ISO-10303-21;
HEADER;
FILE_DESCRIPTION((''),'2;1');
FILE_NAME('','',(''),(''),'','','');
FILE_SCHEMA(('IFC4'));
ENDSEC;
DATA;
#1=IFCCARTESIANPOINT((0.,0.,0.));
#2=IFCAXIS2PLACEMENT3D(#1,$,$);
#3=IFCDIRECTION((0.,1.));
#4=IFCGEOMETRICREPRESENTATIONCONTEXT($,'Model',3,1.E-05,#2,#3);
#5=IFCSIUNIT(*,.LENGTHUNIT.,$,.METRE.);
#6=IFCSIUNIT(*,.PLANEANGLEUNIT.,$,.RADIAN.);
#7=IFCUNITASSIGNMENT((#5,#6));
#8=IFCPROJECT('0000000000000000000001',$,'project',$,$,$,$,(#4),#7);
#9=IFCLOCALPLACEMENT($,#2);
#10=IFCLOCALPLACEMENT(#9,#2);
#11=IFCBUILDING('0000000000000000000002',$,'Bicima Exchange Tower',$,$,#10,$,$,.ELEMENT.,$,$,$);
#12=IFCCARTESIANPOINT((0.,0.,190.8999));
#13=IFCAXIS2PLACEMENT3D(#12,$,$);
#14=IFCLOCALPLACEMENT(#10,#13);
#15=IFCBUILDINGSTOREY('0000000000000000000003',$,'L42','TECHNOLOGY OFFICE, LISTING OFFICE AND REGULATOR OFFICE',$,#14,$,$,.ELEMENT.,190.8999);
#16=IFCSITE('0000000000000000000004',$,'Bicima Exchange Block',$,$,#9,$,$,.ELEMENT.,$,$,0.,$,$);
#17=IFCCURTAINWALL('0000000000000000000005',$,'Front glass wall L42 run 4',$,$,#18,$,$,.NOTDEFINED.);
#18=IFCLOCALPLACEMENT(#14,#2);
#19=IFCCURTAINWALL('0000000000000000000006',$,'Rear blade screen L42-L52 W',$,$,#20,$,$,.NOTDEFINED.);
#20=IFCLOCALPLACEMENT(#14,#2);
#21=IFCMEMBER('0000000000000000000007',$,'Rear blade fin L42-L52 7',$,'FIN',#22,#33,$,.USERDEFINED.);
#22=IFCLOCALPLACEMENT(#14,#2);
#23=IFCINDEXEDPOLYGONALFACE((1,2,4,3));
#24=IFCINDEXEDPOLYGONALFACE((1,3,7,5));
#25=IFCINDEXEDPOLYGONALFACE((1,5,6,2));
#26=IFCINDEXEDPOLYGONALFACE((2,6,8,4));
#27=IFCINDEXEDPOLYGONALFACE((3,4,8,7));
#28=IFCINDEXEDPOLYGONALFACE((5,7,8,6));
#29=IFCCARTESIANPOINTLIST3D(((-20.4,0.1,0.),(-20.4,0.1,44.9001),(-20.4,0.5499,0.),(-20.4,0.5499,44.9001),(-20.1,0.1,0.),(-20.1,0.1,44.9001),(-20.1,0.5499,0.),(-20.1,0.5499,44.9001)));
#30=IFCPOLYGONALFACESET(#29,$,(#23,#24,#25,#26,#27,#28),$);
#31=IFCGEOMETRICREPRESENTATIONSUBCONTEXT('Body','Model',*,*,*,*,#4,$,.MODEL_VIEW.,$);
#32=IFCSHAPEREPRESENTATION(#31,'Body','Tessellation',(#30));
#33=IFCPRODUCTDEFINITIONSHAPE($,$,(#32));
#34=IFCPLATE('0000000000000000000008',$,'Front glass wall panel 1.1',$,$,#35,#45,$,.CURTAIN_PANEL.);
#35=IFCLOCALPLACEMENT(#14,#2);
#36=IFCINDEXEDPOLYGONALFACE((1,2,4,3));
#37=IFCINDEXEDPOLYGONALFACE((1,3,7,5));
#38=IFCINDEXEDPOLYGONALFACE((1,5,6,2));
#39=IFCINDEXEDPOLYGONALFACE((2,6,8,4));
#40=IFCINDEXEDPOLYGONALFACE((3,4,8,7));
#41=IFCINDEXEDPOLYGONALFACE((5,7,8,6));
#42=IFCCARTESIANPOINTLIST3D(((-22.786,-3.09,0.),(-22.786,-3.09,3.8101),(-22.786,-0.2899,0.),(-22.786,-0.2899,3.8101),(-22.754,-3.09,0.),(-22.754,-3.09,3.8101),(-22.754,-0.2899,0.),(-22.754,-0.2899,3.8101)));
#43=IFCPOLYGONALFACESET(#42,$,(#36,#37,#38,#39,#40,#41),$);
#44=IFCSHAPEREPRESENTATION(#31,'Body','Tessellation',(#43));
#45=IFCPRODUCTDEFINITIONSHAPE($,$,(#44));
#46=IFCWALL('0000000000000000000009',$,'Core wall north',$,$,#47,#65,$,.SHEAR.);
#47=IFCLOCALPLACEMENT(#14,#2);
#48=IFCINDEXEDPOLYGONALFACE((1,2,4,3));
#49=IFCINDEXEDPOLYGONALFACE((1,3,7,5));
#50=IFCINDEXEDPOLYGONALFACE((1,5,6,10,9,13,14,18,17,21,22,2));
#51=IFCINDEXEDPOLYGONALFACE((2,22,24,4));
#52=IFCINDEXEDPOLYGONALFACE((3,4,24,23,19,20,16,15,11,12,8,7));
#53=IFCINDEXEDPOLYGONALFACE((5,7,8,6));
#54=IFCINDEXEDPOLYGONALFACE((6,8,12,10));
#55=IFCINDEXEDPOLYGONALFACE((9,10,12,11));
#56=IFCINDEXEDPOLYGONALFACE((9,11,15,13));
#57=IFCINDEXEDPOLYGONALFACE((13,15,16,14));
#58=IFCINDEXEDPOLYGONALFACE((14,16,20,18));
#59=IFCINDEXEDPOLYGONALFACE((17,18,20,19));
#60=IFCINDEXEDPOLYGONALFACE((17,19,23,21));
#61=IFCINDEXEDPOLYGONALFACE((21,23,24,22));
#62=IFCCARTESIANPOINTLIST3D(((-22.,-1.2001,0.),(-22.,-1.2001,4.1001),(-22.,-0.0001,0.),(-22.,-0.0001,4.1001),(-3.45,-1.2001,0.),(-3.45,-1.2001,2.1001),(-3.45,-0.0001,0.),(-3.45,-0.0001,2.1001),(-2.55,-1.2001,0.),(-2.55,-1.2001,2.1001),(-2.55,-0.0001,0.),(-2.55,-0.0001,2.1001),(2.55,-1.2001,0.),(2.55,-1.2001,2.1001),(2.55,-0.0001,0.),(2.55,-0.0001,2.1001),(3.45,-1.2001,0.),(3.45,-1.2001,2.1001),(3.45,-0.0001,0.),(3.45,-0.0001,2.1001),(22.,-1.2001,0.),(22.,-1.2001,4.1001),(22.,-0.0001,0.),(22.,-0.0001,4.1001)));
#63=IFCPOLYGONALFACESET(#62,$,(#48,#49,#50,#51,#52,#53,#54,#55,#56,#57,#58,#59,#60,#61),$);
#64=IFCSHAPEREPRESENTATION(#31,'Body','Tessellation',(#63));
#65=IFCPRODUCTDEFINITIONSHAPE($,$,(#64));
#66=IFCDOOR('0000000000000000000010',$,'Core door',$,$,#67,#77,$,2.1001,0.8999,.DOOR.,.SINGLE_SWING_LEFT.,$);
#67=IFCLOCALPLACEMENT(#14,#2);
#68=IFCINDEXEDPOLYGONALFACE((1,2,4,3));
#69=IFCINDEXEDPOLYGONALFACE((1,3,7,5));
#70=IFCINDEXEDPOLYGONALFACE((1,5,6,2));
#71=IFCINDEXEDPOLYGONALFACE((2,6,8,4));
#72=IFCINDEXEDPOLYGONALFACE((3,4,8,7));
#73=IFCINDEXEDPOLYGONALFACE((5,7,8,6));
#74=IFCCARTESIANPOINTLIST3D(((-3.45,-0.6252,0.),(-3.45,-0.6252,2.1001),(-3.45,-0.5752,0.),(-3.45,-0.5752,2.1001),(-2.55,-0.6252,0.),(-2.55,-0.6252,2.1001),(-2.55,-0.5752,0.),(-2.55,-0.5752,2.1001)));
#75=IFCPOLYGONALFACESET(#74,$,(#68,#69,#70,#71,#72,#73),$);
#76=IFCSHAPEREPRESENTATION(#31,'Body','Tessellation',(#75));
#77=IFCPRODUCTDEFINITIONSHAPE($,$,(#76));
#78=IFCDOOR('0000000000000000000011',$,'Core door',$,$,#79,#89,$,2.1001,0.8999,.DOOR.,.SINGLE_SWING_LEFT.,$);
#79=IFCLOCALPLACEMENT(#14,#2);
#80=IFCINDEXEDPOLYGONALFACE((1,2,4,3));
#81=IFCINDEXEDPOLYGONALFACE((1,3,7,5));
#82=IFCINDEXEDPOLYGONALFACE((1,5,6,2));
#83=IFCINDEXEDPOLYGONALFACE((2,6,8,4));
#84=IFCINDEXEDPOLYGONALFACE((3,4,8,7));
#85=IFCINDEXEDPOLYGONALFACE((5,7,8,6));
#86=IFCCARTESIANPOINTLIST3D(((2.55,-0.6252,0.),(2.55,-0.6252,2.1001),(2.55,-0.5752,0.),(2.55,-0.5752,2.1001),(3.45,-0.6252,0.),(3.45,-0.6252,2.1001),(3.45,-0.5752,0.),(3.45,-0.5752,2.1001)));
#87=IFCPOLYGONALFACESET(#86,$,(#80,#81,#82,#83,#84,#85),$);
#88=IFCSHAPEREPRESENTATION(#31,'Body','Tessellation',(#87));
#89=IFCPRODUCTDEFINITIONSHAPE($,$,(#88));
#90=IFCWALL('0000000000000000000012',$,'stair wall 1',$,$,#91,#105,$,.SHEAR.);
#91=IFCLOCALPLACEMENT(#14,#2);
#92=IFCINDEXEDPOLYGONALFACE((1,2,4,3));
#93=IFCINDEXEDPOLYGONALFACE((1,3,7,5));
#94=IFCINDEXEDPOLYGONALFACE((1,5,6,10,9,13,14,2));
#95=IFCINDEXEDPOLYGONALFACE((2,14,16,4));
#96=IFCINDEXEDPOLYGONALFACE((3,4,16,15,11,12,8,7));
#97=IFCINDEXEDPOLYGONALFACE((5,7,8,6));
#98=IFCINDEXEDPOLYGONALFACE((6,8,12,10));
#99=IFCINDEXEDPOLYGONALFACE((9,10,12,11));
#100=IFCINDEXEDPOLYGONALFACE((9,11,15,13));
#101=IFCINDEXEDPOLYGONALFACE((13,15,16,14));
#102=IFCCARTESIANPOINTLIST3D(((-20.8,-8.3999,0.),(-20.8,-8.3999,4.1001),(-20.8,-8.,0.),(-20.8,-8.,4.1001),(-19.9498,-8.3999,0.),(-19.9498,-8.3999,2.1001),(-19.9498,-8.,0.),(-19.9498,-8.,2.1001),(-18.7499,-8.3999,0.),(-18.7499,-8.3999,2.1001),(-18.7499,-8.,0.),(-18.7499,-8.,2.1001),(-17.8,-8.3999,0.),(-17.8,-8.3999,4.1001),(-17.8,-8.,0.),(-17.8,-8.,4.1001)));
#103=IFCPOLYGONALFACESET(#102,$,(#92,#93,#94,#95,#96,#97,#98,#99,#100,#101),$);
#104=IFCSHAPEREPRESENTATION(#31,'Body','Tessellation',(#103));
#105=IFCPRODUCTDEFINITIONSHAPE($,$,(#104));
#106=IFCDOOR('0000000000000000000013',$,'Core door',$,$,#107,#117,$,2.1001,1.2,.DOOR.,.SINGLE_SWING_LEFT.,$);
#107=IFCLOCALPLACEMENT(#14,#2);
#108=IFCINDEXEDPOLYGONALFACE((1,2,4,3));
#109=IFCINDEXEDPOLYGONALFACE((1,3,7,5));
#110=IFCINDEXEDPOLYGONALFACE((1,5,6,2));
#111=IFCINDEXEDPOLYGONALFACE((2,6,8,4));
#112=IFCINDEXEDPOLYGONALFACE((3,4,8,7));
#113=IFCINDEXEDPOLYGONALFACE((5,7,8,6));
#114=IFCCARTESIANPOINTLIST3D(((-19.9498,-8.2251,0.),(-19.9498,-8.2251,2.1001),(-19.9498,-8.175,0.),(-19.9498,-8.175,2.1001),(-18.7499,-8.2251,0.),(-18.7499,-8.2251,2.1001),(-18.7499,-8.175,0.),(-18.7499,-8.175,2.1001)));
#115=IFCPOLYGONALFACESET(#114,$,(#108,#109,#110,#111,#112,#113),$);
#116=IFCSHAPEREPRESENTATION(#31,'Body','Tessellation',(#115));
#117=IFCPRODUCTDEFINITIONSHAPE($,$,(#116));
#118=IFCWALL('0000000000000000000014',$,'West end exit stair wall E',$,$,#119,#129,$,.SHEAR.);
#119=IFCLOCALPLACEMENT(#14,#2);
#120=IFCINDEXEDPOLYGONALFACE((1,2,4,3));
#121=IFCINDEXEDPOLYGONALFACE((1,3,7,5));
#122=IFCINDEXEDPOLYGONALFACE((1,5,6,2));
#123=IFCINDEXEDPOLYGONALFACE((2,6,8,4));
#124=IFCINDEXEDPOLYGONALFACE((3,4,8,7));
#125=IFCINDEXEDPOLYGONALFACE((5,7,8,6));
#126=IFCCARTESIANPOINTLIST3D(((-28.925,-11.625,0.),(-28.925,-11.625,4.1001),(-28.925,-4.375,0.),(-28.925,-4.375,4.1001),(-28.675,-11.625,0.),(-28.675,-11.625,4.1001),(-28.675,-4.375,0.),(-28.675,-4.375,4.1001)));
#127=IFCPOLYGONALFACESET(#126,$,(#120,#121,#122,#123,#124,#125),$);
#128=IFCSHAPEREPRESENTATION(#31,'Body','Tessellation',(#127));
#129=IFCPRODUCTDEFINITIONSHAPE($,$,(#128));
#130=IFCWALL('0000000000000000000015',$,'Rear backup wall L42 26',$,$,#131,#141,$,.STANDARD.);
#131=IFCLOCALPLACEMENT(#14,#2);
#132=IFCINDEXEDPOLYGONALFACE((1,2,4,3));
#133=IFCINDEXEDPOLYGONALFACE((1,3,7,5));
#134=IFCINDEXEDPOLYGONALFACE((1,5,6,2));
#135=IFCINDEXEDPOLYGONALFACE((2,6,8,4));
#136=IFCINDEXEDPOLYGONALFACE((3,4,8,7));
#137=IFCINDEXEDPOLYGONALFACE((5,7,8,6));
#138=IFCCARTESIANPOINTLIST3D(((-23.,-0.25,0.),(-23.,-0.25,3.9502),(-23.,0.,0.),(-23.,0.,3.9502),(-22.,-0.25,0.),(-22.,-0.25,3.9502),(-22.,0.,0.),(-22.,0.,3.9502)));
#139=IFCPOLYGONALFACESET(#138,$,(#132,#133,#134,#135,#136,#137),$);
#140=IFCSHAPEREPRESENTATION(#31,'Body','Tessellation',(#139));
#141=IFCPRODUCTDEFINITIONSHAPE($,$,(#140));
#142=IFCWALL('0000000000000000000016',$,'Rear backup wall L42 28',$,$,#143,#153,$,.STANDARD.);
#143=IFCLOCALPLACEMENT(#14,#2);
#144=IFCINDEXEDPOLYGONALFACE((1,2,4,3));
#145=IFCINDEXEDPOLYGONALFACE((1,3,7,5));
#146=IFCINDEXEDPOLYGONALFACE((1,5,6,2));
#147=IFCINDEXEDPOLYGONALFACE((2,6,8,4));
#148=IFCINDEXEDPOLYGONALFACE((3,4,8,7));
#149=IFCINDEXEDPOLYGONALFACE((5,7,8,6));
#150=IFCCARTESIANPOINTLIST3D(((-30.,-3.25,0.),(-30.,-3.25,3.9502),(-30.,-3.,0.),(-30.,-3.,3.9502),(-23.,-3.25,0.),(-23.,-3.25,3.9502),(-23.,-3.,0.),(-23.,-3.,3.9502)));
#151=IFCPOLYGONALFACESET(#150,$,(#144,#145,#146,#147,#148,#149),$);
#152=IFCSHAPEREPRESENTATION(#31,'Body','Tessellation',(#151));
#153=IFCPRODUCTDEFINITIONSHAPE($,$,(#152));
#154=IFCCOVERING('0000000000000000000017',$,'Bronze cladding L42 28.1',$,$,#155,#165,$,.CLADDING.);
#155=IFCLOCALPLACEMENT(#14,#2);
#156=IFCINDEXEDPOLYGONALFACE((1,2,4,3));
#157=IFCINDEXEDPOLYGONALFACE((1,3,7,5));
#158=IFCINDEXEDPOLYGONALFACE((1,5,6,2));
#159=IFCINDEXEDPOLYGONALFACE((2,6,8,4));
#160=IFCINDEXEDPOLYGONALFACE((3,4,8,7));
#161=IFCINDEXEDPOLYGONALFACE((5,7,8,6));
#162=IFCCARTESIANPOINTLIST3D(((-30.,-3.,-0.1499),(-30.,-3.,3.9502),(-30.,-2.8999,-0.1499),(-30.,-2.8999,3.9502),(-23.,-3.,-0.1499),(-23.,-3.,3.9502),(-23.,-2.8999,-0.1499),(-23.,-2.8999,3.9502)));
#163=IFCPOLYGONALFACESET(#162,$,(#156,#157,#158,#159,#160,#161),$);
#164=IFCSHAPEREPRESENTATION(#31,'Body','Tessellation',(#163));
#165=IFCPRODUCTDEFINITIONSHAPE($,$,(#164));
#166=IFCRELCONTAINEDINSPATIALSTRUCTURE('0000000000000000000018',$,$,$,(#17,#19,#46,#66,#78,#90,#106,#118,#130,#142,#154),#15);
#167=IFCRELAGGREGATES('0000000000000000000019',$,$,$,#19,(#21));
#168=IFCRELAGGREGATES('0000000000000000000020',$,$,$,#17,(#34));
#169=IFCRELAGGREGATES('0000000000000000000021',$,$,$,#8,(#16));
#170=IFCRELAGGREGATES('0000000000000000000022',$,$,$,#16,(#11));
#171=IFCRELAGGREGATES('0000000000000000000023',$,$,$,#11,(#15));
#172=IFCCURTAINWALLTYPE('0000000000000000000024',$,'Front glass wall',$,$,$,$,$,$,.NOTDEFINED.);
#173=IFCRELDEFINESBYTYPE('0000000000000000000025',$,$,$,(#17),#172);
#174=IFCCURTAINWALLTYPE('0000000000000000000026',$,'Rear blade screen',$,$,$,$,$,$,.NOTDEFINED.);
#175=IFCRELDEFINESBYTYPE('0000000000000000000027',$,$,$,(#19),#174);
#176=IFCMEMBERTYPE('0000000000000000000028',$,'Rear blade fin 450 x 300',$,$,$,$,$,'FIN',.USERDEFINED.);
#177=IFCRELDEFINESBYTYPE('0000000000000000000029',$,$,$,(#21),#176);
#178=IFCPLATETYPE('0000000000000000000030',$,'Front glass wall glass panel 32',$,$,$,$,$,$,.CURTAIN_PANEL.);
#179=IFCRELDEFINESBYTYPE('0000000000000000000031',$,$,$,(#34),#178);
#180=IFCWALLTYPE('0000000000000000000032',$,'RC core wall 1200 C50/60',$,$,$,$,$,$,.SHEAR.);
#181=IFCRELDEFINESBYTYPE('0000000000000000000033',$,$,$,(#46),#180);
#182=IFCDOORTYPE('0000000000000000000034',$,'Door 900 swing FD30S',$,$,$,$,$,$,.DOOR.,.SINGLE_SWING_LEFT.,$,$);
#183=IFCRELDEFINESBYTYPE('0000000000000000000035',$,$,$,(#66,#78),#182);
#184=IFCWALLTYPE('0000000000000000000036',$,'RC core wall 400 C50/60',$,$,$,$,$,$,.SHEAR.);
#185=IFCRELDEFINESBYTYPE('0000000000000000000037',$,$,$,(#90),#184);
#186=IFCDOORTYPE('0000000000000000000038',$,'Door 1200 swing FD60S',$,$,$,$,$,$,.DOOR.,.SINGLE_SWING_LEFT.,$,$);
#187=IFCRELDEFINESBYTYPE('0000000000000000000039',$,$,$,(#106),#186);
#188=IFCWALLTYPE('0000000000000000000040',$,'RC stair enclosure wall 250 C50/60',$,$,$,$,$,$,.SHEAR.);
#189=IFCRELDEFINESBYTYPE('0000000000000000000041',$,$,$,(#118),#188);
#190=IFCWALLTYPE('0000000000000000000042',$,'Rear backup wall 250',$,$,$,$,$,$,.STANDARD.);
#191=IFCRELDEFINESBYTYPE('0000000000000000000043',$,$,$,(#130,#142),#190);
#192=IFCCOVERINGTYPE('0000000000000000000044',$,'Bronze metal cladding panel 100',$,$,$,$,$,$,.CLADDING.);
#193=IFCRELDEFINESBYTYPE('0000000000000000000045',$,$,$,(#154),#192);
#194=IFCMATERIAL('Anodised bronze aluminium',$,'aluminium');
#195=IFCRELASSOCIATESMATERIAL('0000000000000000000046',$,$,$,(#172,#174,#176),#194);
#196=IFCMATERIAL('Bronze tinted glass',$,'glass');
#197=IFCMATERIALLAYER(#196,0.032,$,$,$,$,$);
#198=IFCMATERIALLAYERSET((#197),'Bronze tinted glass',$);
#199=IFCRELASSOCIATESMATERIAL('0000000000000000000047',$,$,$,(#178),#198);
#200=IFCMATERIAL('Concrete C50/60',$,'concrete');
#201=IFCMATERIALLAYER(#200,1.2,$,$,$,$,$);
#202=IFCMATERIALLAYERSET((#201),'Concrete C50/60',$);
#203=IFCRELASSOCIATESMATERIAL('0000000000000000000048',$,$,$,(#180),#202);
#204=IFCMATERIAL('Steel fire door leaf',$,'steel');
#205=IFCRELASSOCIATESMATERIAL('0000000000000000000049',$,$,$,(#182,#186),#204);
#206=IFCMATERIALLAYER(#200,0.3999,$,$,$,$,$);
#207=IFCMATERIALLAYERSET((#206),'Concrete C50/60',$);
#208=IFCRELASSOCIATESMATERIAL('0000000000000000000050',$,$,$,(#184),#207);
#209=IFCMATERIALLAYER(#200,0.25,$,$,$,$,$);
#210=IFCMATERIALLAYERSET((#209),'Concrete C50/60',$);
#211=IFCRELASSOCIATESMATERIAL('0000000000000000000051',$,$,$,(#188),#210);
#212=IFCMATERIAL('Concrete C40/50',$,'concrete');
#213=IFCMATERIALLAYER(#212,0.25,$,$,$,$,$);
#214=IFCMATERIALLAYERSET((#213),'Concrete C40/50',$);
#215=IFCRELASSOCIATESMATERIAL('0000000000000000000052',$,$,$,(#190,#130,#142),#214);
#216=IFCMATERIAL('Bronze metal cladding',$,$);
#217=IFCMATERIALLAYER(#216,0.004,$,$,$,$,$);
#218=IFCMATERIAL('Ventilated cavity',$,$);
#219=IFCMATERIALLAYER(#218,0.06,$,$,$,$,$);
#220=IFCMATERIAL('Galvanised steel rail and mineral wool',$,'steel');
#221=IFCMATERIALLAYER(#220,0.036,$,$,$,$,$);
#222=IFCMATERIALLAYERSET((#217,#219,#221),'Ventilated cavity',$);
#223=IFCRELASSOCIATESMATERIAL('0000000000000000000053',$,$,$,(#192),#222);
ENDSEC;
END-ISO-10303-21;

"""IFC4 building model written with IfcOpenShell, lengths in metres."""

from ifc_helpers import new_model, si_unit, direction, frame, frame_2d, origin, origin_2d, place, context, subcontext, project, spatial, rectangle, extrude, material, layer, layer_set, layer_usage, material_profile, profile_set, type_object, element, fill, aggregate, save


model = new_model("IFC4")

# Units and contexts
model_context = context("Model", 3, precision=1e-05, world=origin(), true_north=direction((0.0, 1.0)))
body_context = subcontext(model_context, "Body", "Model", "MODEL_VIEW")
ifc_project = project(units=[si_unit("LENGTHUNIT", "METRE"), si_unit("PLANEANGLEUNIT", "RADIAN")], contexts=[model_context])

# Site, building, storey
site_placement = place(None, origin())
site = spatial("IfcSite", under=ifc_project, at=site_placement, Name="Bicima Exchange Block", CompositionType="ELEMENT", RefElevation=0.0)
building_placement = place(site_placement, origin())
building = spatial("IfcBuilding", under=site, at=building_placement, Name="Bicima Exchange Tower", CompositionType="ELEMENT")
storey_placement = place(building_placement, frame((0.0, 0.0, 190.8999)))
storey = spatial("IfcBuildingStorey", under=building, at=storey_placement, Name="L42", Description="TECHNOLOGY OFFICE, LISTING OFFICE AND REGULATOR OFFICE", CompositionType="ELEMENT", Elevation=190.8999)

# Curtain wall
ifc_material_1 = material(Name="Anodised bronze aluminium", Category="aluminium")
curtain_wall_type_1 = type_object("IfcCurtainWallType", Name="Front glass wall", PredefinedType="NOTDEFINED", material=ifc_material_1)
curtain_wall_1_placement = place(storey_placement, origin())
curtain_wall_1 = element("IfcCurtainWall", 1, at=curtain_wall_1_placement, inside=storey, type_object=curtain_wall_type_1, Name="Front glass wall L42 run 4", PredefinedType="NOTDEFINED")

# Curtain wall, member
curtain_wall_type_2 = type_object("IfcCurtainWallType", Name="Rear blade screen", PredefinedType="NOTDEFINED", material=ifc_material_1)
curtain_wall_2_placement = place(storey_placement, origin())
curtain_wall_2 = element("IfcCurtainWall", 2, at=curtain_wall_2_placement, inside=storey, type_object=curtain_wall_type_2, Name="Rear blade screen L42-L52 W", PredefinedType="NOTDEFINED")
ifc_material_profile_1 = material_profile(ifc_material_1, rectangle(XDim=0.45, YDim=0.3, at=origin_2d()))
ifc_profile_set_1 = profile_set([ifc_material_profile_1], Name="Anodised bronze aluminium")
member_type_1 = type_object("IfcMemberType", Name="Rear blade fin 450 x 300", ElementType="FIN", PredefinedType="USERDEFINED", material=ifc_profile_set_1)
member_1_placement = place(storey_placement, frame((-20.25, 0.325, 0.0), z_axis=(0.0, 0.0, 1.0), x_axis=(0.0, 1.0, 0.0)))
member_1 = element("IfcMember", 3, at=member_1_placement, type_object=member_type_1, Name="Rear blade fin L42-L52 7", ObjectType="FIN", PredefinedType="USERDEFINED", context=body_context, shape_type="SweptSolid", body=[
    extrude(rectangle(XDim=0.45, YDim=0.3, at=origin_2d()), origin(), (0.0, 0.0, 1.0), 44.9001),
])
aggregate(curtain_wall_2, [member_1])

# Plate
ifc_material_2 = material(Name="Bronze tinted glass", Category="glass")
ifc_layer_1 = layer(ifc_material_2, 0.032)
ifc_layer_set_1 = layer_set([ifc_layer_1], Name="Bronze tinted glass")
plate_type = type_object("IfcPlateType", Name="Front glass wall glass panel 32", PredefinedType="CURTAIN_PANEL", material=ifc_layer_set_1)
plate_placement = place(storey_placement, frame((-22.77, -1.6899, 0.0), z_axis=(0.0, 0.0, 1.0), x_axis=(0.0, -1.0, 0.0)))
plate = element("IfcPlate", 4, at=plate_placement, type_object=plate_type, Name="Front glass wall panel 1.1", PredefinedType="CURTAIN_PANEL", context=body_context, shape_type="SweptSolid", body=[
    extrude(rectangle(XDim=2.8, YDim=0.032, at=origin_2d()), origin(), (0.0, 0.0, 1.0), 3.8101),
])
aggregate(curtain_wall_1, [plate])

# Wall, openings, doors
ifc_material_3 = material(Name="Concrete C50/60", Category="concrete")
ifc_layer_2 = layer(ifc_material_3, 1.2)
ifc_layer_set_2 = layer_set([ifc_layer_2], Name="Concrete C50/60")
wall_type_1 = type_object("IfcWallType", Name="RC core wall 1200 C50/60", PredefinedType="SHEAR", material=ifc_layer_set_2)
wall_1_placement = place(storey_placement, frame((-22.0, -0.6001, 0.0), z_axis=(0.0, 0.0, 1.0), x_axis=(1.0, 0.0, 0.0)))
wall_1 = element("IfcWall", 5, at=wall_1_placement, inside=storey, type_object=wall_type_1, Name="Core wall north", PredefinedType="SHEAR", context=body_context, shape_type="SweptSolid", body=[
    extrude(rectangle(XDim=44.0, YDim=1.2, at=frame_2d((22.0, 0.0))), origin(), (0.0, 0.0, 1.0), 4.1001),
])
opening_1_placement = place(wall_1_placement, frame((18.55, 0.0, 0.0)))
opening_1 = element("IfcOpeningElement", 6, at=opening_1_placement, cuts=wall_1, PredefinedType="OPENING", context=body_context, shape_type="SweptSolid", body=[
    extrude(rectangle(XDim=0.8999, YDim=2.1001, at=frame_2d((0.45, 1.05))), frame((0.0, 0.6118, 0.0), z_axis=(0.0, -1.0, 0.0), x_axis=(1.0, 0.0, 0.0)), (0.0, 0.0, 1.0), 1.2239),
])
opening_2_placement = place(wall_1_placement, frame((24.55, 0.0, 0.0)))
opening_2 = element("IfcOpeningElement", 7, at=opening_2_placement, cuts=wall_1, PredefinedType="OPENING", context=body_context, shape_type="SweptSolid", body=[
    extrude(rectangle(XDim=0.8999, YDim=2.1001, at=frame_2d((0.45, 1.05))), frame((0.0, 0.6118, 0.0), z_axis=(0.0, -1.0, 0.0), x_axis=(1.0, 0.0, 0.0)), (0.0, 0.0, 1.0), 1.2239),
])
ifc_material_4 = material(Name="Steel fire door leaf", Category="steel")
door_type_1 = type_object("IfcDoorType", Name="Door 900 swing FD30S", OperationType="SINGLE_SWING_LEFT", PredefinedType="DOOR", material=ifc_material_4)
door_1_placement = place(opening_1_placement, origin())
door_1 = element("IfcDoor", 8, at=door_1_placement, inside=storey, type_object=door_type_1, Name="Core door", OperationType="SINGLE_SWING_LEFT", OverallHeight=2.1001, OverallWidth=0.8999, PredefinedType="DOOR", context=body_context, shape_type="SweptSolid", body=[
    extrude(rectangle(XDim=0.8999, YDim=2.1001, at=frame_2d((0.45, 1.05))), frame((0.0, 0.0249, 0.0), z_axis=(0.0, -1.0, 0.0), x_axis=(1.0, 0.0, 0.0)), (0.0, 0.0, 1.0), 0.05),
])
fill(opening_1, door_1)
door_2_placement = place(opening_2_placement, origin())
door_2 = element("IfcDoor", 9, at=door_2_placement, inside=storey, type_object=door_type_1, Name="Core door", OperationType="SINGLE_SWING_LEFT", OverallHeight=2.1001, OverallWidth=0.8999, PredefinedType="DOOR", context=body_context, shape_type="SweptSolid", body=[
    extrude(rectangle(XDim=0.8999, YDim=2.1001, at=frame_2d((0.45, 1.05))), frame((0.0, 0.0249, 0.0), z_axis=(0.0, -1.0, 0.0), x_axis=(1.0, 0.0, 0.0)), (0.0, 0.0, 1.0), 0.05),
])
fill(opening_2, door_2)

# Wall, opening, door
ifc_layer_3 = layer(ifc_material_3, 0.3999)
ifc_layer_set_3 = layer_set([ifc_layer_3], Name="Concrete C50/60")
wall_type_2 = type_object("IfcWallType", Name="RC core wall 400 C50/60", PredefinedType="SHEAR", material=ifc_layer_set_3)
wall_2_placement = place(storey_placement, frame((-20.8, -8.2, 0.0), z_axis=(0.0, 0.0, 1.0), x_axis=(1.0, 0.0, 0.0)))
wall_2 = element("IfcWall", 10, at=wall_2_placement, inside=storey, type_object=wall_type_2, Name="stair wall 1", PredefinedType="SHEAR", context=body_context, shape_type="SweptSolid", body=[
    extrude(rectangle(XDim=3.0, YDim=0.3999, at=frame_2d((1.5, 0.0))), origin(), (0.0, 0.0, 1.0), 4.1001),
])
opening_3_placement = place(wall_2_placement, frame((0.8501, 0.0, 0.0)))
opening_3 = element("IfcOpeningElement", 11, at=opening_3_placement, cuts=wall_2, PredefinedType="OPENING", context=body_context, shape_type="SweptSolid", body=[
    extrude(rectangle(XDim=1.2, YDim=2.1001, at=frame_2d((0.6001, 1.05))), frame((0.0, 0.2119, 0.0), z_axis=(0.0, -1.0, 0.0), x_axis=(1.0, 0.0, 0.0)), (0.0, 0.0, 1.0), 0.4238),
])
door_type_2 = type_object("IfcDoorType", Name="Door 1200 swing FD60S", OperationType="SINGLE_SWING_LEFT", PredefinedType="DOOR", material=ifc_material_4)
door_3_placement = place(opening_3_placement, origin())
door_3 = element("IfcDoor", 12, at=door_3_placement, inside=storey, type_object=door_type_2, Name="Core door", OperationType="SINGLE_SWING_LEFT", OverallHeight=2.1001, OverallWidth=1.2, PredefinedType="DOOR", context=body_context, shape_type="SweptSolid", body=[
    extrude(rectangle(XDim=1.2, YDim=2.1001, at=frame_2d((0.6001, 1.05))), frame((0.0, 0.0249, 0.0), z_axis=(0.0, -1.0, 0.0), x_axis=(1.0, 0.0, 0.0)), (0.0, 0.0, 1.0), 0.05),
])
fill(opening_3, door_3)

# Walls
ifc_layer_4 = layer(ifc_material_3, 0.25)
ifc_layer_set_4 = layer_set([ifc_layer_4], Name="Concrete C50/60")
wall_type_3 = type_object("IfcWallType", Name="RC stair enclosure wall 250 C50/60", PredefinedType="SHEAR", material=ifc_layer_set_4)
wall_3_placement = place(storey_placement, frame((-28.8, -11.625, 0.0), z_axis=(0.0, 0.0, 1.0), x_axis=(0.0, 1.0, 0.0)))
element("IfcWall", 13, at=wall_3_placement, inside=storey, type_object=wall_type_3, Name="West end exit stair wall E", PredefinedType="SHEAR", context=body_context, shape_type="SweptSolid", body=[
    extrude(rectangle(XDim=7.25, YDim=0.25, at=frame_2d((3.625, 0.0))), origin(), (0.0, 0.0, 1.0), 4.1001),
])
ifc_material_5 = material(Name="Concrete C40/50", Category="concrete")
ifc_layer_5 = layer(ifc_material_5, 0.25)
ifc_layer_set_5 = layer_set([ifc_layer_5], Name="Concrete C40/50")
ifc_layer_usage = layer_usage(ifc_layer_set_5, "AXIS2", "POSITIVE", -0.125)
wall_type_4 = type_object("IfcWallType", Name="Rear backup wall 250", PredefinedType="STANDARD", material=ifc_layer_set_5)
wall_4_placement = place(storey_placement, frame((-22.0, -0.125, 0.0), z_axis=(0.0, 0.0, 1.0), x_axis=(-1.0, 0.0, 0.0)))
element("IfcWall", 14, at=wall_4_placement, inside=storey, type_object=wall_type_4, material=ifc_layer_usage, Name="Rear backup wall L42 26", PredefinedType="STANDARD", context=body_context, shape_type="SweptSolid", body=[
    extrude(rectangle(XDim=1.0, YDim=0.25, at=frame_2d((0.5, 0.0))), origin(), (0.0, 0.0, 1.0), 3.9502),
])
wall_5_placement = place(storey_placement, frame((-23.0, -3.125, 0.0), z_axis=(0.0, 0.0, 1.0), x_axis=(-1.0, 0.0, 0.0)))
element("IfcWall", 15, at=wall_5_placement, inside=storey, type_object=wall_type_4, material=ifc_layer_usage, Name="Rear backup wall L42 28", PredefinedType="STANDARD", context=body_context, shape_type="SweptSolid", body=[
    extrude(rectangle(XDim=7.0, YDim=0.25, at=frame_2d((3.5, 0.0))), origin(), (0.0, 0.0, 1.0), 3.9502),
])

# Covering
ifc_material_6 = material(Name="Bronze metal cladding")
ifc_layer_6 = layer(ifc_material_6, 0.004)
ifc_material_7 = material(Name="Ventilated cavity")
ifc_layer_7 = layer(ifc_material_7, 0.06)
ifc_material_8 = material(Name="Galvanised steel rail and mineral wool", Category="steel")
ifc_layer_8 = layer(ifc_material_8, 0.036)
ifc_layer_set_6 = layer_set([ifc_layer_6, ifc_layer_7, ifc_layer_8], Name="Ventilated cavity")
covering_type = type_object("IfcCoveringType", Name="Bronze metal cladding panel 100", PredefinedType="CLADDING", material=ifc_layer_set_6)
covering_placement = place(storey_placement, frame((-26.5, -2.95, -0.1499), z_axis=(0.0, 0.0, 1.0), x_axis=(-1.0, 0.0, 0.0)))
element("IfcCovering", 16, at=covering_placement, inside=storey, type_object=covering_type, Name="Bronze cladding L42 28.1", PredefinedType="CLADDING", context=body_context, shape_type="SweptSolid", body=[
    extrude(rectangle(XDim=7.0, YDim=0.1001, at=origin_2d()), origin(), (0.0, 0.0, 1.0), 4.1001),
])

save(model, "model.ifc")
